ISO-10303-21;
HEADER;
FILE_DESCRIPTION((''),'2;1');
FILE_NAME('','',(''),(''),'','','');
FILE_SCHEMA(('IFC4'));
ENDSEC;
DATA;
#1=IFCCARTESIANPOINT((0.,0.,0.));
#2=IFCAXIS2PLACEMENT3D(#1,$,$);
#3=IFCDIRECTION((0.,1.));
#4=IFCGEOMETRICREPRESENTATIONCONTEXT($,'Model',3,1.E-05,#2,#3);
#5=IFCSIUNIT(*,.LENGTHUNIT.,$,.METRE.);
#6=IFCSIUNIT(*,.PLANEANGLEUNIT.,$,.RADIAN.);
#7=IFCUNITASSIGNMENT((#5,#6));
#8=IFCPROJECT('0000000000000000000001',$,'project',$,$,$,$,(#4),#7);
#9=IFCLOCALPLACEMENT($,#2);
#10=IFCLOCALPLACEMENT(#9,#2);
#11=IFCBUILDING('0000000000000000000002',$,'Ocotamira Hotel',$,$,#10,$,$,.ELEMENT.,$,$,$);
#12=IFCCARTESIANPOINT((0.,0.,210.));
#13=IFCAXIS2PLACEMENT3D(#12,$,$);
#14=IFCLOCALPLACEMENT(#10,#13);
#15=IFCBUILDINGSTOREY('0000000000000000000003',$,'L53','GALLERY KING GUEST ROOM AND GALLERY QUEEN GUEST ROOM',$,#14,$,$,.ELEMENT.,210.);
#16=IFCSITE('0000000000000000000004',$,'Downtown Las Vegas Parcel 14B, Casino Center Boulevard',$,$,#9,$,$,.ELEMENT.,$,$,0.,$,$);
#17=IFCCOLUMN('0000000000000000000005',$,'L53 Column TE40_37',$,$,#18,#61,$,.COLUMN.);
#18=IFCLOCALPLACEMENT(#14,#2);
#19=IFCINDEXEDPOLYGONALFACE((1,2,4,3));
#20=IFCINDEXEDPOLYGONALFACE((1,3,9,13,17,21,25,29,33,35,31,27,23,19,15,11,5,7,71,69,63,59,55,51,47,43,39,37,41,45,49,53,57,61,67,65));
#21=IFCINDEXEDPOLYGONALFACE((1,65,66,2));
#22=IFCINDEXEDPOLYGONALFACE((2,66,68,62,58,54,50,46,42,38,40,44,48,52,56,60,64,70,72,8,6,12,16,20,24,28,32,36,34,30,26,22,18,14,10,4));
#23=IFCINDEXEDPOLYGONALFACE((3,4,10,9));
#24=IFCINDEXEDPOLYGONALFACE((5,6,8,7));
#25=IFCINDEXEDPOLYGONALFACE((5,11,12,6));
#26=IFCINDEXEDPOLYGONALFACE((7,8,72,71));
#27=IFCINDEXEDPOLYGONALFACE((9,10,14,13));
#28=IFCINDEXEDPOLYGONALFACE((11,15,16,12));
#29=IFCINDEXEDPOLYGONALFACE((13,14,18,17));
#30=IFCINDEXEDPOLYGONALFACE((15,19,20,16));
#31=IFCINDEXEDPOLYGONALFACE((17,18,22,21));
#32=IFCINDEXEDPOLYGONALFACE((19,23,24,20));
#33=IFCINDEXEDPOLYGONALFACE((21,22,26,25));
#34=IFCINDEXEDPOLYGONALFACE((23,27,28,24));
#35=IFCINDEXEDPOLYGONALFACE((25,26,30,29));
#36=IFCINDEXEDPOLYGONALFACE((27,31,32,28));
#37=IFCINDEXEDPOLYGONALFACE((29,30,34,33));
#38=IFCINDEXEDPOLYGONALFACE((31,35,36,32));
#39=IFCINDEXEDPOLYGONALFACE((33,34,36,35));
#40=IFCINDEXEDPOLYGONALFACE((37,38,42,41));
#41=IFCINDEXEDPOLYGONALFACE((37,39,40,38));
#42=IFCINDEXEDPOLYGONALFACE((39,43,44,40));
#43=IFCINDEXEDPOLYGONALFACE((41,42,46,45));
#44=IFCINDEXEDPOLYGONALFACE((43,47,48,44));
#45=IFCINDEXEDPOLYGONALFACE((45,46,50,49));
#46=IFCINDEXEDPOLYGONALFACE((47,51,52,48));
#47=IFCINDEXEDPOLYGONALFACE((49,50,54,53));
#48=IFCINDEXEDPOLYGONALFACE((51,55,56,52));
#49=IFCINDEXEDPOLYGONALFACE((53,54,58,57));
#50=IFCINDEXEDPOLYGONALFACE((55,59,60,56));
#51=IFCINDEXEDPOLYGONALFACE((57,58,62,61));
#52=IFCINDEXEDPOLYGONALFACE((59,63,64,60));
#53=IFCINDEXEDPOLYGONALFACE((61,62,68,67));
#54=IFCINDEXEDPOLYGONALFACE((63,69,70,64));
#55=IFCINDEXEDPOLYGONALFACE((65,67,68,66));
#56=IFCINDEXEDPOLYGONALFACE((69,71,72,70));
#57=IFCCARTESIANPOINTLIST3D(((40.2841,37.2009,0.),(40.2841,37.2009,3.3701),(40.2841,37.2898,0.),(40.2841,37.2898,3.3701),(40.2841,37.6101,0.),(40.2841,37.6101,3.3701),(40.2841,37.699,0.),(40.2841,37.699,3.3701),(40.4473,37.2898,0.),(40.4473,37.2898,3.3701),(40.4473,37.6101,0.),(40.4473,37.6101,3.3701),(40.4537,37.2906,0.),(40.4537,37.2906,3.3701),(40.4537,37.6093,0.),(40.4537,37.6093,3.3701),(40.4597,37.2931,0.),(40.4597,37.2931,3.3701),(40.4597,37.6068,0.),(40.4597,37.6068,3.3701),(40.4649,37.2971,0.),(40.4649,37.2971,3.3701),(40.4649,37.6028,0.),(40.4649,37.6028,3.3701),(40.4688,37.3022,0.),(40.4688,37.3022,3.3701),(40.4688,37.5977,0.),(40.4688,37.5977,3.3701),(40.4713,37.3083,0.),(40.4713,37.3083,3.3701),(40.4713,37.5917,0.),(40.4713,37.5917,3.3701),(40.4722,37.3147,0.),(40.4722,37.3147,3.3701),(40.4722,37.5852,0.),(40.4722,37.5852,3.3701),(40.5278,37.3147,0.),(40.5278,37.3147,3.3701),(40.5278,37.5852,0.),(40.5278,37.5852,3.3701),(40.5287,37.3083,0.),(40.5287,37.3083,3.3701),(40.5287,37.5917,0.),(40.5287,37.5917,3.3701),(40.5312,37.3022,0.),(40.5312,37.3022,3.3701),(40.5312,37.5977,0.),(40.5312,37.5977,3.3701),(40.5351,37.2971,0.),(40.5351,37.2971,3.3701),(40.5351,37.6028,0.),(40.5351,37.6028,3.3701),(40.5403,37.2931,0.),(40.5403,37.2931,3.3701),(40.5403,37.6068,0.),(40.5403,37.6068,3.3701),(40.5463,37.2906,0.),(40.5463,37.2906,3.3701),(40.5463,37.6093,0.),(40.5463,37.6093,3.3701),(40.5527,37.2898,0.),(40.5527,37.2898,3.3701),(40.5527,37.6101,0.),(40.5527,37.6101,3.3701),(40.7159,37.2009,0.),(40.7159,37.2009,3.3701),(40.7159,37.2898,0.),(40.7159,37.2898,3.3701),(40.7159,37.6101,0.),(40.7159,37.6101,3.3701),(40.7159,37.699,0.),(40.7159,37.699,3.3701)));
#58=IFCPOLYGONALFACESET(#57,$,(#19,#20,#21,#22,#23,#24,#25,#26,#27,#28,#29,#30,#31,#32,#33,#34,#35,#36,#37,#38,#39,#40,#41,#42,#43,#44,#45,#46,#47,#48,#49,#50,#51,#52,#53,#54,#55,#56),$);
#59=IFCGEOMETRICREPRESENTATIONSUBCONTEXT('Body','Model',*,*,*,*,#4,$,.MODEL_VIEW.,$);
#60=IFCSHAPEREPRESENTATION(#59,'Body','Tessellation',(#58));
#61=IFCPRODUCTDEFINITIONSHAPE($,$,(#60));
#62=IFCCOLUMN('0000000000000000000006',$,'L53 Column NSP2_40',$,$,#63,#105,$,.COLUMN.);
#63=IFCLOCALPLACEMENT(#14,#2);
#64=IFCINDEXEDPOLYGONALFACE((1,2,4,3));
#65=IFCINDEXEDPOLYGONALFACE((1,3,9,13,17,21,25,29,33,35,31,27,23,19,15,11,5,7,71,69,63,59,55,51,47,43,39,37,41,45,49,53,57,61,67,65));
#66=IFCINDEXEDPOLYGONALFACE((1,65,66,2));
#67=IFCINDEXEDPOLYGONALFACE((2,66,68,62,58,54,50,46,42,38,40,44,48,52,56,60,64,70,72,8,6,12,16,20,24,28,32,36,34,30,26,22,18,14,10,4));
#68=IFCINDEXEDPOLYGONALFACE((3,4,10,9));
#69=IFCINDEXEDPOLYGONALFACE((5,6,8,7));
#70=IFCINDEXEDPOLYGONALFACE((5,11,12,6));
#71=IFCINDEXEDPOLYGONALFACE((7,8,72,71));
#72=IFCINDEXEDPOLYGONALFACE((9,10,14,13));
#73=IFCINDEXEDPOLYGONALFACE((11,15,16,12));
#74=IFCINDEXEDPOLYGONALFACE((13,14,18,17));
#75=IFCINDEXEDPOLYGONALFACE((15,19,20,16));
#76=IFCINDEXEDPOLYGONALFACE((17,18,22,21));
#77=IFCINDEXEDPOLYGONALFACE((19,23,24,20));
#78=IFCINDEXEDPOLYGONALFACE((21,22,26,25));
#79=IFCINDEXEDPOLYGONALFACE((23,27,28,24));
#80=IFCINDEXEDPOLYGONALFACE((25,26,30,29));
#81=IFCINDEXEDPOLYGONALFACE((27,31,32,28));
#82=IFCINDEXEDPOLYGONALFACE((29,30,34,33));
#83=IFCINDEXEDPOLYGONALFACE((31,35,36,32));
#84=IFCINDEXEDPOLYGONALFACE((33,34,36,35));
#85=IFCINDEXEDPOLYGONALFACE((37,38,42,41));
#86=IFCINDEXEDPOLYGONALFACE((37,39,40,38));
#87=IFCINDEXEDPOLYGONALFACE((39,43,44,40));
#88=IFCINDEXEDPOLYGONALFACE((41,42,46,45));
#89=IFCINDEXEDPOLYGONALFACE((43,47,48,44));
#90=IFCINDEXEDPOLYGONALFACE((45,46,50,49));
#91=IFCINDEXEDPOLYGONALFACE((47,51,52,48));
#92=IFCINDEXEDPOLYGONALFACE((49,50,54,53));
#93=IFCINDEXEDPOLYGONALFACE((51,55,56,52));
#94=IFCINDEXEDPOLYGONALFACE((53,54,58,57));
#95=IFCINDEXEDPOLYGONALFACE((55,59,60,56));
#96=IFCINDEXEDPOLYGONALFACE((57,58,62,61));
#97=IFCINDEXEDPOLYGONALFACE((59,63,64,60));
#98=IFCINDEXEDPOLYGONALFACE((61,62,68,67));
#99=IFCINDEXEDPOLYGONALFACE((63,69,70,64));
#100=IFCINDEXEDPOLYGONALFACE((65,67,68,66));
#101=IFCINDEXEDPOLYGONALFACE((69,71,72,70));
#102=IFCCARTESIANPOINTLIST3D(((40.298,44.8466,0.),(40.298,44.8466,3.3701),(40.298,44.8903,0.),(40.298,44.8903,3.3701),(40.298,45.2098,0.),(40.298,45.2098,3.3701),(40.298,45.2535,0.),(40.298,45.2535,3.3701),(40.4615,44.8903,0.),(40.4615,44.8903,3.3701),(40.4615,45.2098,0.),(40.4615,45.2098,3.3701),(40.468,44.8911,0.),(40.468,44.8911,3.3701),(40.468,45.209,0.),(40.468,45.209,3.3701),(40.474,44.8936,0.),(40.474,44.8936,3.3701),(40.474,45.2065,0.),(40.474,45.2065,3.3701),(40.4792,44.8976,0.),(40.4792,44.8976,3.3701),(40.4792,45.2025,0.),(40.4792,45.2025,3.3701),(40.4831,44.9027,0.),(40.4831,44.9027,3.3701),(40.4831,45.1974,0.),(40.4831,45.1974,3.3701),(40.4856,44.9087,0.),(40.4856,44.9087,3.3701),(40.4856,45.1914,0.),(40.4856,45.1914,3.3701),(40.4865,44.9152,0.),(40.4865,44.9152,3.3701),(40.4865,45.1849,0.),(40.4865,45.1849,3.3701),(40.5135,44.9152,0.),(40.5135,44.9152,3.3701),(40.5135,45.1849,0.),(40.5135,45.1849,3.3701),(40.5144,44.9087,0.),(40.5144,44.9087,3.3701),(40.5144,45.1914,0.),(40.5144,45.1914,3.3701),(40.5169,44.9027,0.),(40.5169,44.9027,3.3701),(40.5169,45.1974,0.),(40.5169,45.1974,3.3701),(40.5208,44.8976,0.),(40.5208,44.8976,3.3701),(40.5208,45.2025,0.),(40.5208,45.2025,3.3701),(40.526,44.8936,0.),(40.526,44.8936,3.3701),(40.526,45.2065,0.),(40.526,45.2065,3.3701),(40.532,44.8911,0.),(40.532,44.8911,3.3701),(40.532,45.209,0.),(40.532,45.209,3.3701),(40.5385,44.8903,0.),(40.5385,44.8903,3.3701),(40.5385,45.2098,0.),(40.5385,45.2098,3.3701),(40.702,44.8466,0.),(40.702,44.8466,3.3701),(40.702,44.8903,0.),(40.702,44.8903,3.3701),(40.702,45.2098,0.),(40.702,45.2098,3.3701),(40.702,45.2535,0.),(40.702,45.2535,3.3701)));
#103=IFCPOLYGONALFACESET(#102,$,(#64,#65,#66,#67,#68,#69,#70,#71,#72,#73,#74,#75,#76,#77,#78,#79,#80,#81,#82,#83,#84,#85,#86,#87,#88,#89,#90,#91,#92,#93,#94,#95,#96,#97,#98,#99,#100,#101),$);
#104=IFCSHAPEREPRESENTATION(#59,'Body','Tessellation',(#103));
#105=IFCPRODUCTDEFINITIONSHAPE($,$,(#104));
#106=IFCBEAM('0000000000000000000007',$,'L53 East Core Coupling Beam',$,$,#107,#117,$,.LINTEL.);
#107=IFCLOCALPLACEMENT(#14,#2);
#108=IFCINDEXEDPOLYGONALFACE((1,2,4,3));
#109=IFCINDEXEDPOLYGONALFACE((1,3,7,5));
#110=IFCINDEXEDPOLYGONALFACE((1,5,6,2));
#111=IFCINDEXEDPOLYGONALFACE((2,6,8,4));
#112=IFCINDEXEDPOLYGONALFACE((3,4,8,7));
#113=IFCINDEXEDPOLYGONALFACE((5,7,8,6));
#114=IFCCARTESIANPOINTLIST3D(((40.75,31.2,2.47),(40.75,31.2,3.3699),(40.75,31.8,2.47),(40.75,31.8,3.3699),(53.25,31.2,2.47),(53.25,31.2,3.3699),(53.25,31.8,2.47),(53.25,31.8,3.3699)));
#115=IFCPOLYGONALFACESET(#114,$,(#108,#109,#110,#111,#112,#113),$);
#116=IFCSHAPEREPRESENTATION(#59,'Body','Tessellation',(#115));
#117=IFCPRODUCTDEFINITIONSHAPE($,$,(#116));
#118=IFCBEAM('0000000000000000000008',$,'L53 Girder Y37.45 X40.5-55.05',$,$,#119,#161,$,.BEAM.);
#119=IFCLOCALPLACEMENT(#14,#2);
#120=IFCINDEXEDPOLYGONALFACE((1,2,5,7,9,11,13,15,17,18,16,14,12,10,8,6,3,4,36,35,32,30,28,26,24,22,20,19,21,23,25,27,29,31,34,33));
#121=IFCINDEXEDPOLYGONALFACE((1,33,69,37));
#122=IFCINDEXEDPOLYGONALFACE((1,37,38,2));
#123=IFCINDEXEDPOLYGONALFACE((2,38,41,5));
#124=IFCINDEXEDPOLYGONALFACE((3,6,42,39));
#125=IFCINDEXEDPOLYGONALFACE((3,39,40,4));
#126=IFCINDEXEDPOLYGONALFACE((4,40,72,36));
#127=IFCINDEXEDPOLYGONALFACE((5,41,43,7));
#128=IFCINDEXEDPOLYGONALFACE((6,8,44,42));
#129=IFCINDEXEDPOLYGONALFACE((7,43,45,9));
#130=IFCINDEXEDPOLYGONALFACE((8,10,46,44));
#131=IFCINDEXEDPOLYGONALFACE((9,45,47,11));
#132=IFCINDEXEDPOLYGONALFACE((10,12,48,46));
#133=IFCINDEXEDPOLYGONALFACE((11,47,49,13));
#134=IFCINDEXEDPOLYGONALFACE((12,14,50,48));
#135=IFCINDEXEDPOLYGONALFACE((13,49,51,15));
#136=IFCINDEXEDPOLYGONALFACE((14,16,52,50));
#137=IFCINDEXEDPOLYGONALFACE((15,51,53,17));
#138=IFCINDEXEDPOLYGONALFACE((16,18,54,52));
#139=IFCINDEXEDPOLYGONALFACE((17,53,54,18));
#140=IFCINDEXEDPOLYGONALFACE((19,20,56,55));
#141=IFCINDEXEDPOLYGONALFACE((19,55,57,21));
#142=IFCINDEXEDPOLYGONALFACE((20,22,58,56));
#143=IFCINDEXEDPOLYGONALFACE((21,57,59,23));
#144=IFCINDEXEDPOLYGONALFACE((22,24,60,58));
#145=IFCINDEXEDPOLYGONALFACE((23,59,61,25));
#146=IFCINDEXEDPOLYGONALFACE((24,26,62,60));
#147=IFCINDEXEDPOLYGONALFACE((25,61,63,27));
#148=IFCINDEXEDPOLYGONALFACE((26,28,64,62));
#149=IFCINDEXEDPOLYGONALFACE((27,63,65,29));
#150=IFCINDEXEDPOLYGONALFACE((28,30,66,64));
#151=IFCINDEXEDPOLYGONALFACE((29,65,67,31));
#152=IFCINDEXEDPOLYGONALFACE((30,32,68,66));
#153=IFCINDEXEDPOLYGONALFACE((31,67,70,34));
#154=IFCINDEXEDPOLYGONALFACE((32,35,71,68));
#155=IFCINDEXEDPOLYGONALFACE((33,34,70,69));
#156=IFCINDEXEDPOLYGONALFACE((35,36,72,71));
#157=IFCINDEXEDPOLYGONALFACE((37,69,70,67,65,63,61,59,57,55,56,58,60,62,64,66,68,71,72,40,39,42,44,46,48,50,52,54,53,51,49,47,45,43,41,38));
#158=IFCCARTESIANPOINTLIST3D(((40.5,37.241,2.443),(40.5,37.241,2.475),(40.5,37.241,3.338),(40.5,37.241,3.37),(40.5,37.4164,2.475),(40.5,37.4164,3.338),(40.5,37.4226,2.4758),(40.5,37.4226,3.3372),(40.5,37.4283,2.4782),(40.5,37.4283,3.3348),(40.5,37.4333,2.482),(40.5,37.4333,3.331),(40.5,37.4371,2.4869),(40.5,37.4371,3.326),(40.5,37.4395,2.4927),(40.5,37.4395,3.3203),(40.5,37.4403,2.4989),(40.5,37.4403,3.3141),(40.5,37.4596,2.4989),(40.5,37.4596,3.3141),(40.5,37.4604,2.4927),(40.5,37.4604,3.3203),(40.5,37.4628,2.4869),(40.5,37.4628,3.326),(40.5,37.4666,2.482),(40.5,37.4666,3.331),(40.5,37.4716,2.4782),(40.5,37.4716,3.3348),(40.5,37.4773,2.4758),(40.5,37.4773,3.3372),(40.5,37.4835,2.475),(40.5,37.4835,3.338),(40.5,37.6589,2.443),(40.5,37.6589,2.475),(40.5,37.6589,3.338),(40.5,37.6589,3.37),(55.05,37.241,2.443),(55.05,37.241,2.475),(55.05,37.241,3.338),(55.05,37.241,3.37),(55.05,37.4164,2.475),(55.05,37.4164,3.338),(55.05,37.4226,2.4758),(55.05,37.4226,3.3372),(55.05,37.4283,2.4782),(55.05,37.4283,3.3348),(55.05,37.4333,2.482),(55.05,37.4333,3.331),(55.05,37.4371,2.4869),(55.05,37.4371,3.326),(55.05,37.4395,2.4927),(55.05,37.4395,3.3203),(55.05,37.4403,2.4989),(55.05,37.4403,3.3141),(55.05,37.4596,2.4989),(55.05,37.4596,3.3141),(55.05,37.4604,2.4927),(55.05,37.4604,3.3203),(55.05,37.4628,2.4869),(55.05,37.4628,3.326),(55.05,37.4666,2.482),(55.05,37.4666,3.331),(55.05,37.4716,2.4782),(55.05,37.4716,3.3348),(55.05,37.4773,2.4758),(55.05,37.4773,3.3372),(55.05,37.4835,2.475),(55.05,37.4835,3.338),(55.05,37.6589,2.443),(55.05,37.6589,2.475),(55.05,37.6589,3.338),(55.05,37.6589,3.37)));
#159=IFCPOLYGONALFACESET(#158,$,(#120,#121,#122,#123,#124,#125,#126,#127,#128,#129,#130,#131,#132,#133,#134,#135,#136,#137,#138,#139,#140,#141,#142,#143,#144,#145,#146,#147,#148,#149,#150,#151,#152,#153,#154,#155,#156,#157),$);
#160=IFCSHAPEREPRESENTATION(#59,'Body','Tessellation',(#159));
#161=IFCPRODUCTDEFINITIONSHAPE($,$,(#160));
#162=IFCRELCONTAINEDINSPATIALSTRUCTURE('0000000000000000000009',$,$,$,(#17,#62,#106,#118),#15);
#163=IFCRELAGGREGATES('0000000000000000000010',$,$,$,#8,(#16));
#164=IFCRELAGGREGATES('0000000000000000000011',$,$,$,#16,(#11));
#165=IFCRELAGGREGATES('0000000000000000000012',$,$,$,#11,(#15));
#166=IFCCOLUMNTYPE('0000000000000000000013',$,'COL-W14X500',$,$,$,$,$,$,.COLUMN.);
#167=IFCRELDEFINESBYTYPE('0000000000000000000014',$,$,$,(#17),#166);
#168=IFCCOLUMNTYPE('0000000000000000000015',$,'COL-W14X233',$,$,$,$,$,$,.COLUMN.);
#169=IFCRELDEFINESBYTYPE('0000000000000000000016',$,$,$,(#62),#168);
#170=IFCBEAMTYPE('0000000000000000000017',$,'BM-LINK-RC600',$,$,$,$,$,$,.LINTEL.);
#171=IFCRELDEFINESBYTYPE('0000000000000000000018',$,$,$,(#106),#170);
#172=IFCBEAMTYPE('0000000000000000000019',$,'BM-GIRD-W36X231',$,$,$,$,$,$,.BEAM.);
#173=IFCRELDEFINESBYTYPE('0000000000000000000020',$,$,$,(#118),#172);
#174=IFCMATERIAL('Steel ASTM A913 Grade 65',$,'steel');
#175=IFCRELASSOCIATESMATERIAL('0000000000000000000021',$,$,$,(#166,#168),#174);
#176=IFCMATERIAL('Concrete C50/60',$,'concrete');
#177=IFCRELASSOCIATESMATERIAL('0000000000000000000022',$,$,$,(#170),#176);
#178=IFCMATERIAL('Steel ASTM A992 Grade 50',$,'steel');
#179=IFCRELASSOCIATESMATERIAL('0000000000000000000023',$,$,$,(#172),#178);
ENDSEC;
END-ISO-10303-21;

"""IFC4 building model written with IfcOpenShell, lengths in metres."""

from ifc_helpers import new_model, si_unit, direction, frame, origin, origin_2d, place, context, subcontext, project, spatial, rectangle, i_section, extrude, source, transform, mapped, material, material_profile, profile_set, type_object, element, save


model = new_model("IFC4")

# Units and contexts
model_context = context("Model", 3, precision=1e-05, world=origin(), true_north=direction((0.0, 1.0)))
body_context = subcontext(model_context, "Body", "Model", "MODEL_VIEW")
ifc_project = project(units=[si_unit("LENGTHUNIT", "METRE"), si_unit("PLANEANGLEUNIT", "RADIAN")], contexts=[model_context])

# Site, building, storey
site_placement = place(None, origin())
site = spatial("IfcSite", under=ifc_project, at=site_placement, Name="Downtown Las Vegas Parcel 14B, Casino Center Boulevard", CompositionType="ELEMENT", RefElevation=0.0)
building_placement = place(site_placement, origin())
building = spatial("IfcBuilding", under=site, at=building_placement, Name="Ocotamira Hotel", CompositionType="ELEMENT")
storey_placement = place(building_placement, frame((0.0, 0.0, 210.0)))
storey = spatial("IfcBuildingStorey", under=building, at=storey_placement, Name="L53", Description="GALLERY KING GUEST ROOM AND GALLERY QUEEN GUEST ROOM", CompositionType="ELEMENT", Elevation=210.0)

# Columns
ifc_material_1 = material(Name="Steel ASTM A913 Grade 65", Category="steel")
ifc_material_profile_1 = material_profile(ifc_material_1, i_section(OverallWidth=0.4319, OverallDepth=0.498, WebThickness=0.0557, FlangeThickness=0.0889, FilletRadius=0.0249, at=origin_2d()), Name="W14X500")
ifc_profile_set_1 = profile_set([ifc_material_profile_1], Name="Steel ASTM A913 Grade 65")
column_type_1 = type_object("IfcColumnType", Name="COL-W14X500", PredefinedType="COLUMN", material=ifc_profile_set_1)
shared_shape_1 = source(origin(), body_context, "Body", "SweptSolid", [
    extrude(i_section(OverallWidth=0.4319, OverallDepth=0.498, WebThickness=0.0557, FlangeThickness=0.0889, FilletRadius=0.0249, at=origin_2d()), origin(), (0.0, 0.0, 1.0), 3.3701),
])
column_1_placement = place(storey_placement, frame((40.5, 37.45, 0.0), z_axis=(0.0, 0.0, 1.0), x_axis=(1.0, 0.0, 0.0)))
element("IfcColumn", 1, at=column_1_placement, inside=storey, type_object=column_type_1, Name="L53 Column TE40_37", PredefinedType="COLUMN", context=body_context, shape_type="MappedRepresentation", body=[
    mapped(shared_shape_1, transform((0.0, 0.0, 0.0), scale=1.0)),
])
ifc_material_profile_2 = material_profile(ifc_material_1, i_section(OverallWidth=0.4041, OverallDepth=0.407, WebThickness=0.0271, FlangeThickness=0.0437, FilletRadius=0.0249, at=origin_2d()), Name="W14X233")
ifc_profile_set_2 = profile_set([ifc_material_profile_2], Name="Steel ASTM A913 Grade 65")
column_type_2 = type_object("IfcColumnType", Name="COL-W14X233", PredefinedType="COLUMN", material=ifc_profile_set_2)
shared_shape_2 = source(origin(), body_context, "Body", "SweptSolid", [
    extrude(i_section(OverallWidth=0.4041, OverallDepth=0.407, WebThickness=0.0271, FlangeThickness=0.0437, FilletRadius=0.0249, at=origin_2d()), origin(), (0.0, 0.0, 1.0), 3.3701),
])
column_2_placement = place(storey_placement, frame((40.5, 45.05, 0.0), z_axis=(0.0, 0.0, 1.0), x_axis=(1.0, 0.0, 0.0)))
element("IfcColumn", 2, at=column_2_placement, inside=storey, type_object=column_type_2, Name="L53 Column NSP2_40", PredefinedType="COLUMN", context=body_context, shape_type="MappedRepresentation", body=[
    mapped(shared_shape_2, transform((0.0, 0.0, 0.0), scale=1.0)),
])

# Beams
ifc_material_2 = material(Name="Concrete C50/60", Category="concrete")
ifc_material_profile_3 = material_profile(ifc_material_2, rectangle(XDim=0.6001, YDim=0.8999, at=origin_2d()), Name="RC600X900")
ifc_profile_set_3 = profile_set([ifc_material_profile_3], Name="Concrete C50/60")
beam_type_1 = type_object("IfcBeamType", Name="BM-LINK-RC600", PredefinedType="LINTEL", material=ifc_profile_set_3)
shared_shape_3 = source(origin(), body_context, "Body", "SweptSolid", [
    extrude(rectangle(XDim=0.6001, YDim=0.8999, at=origin_2d()), origin(), (0.0, 0.0, 1.0), 12.5),
])
beam_1_placement = place(storey_placement, frame((40.75, 31.5, 2.9199), z_axis=(1.0, 0.0, 0.0), x_axis=(0.0, 1.0, 0.0)))
element("IfcBeam", 3, at=beam_1_placement, inside=storey, type_object=beam_type_1, Name="L53 East Core Coupling Beam", PredefinedType="LINTEL", context=body_context, shape_type="MappedRepresentation", body=[
    mapped(shared_shape_3, transform((0.0, 0.0, 0.0), scale=1.0)),
])
ifc_material_3 = material(Name="Steel ASTM A992 Grade 50", Category="steel")
ifc_material_profile_4 = material_profile(ifc_material_3, i_section(OverallWidth=0.418, OverallDepth=0.927, WebThickness=0.0193, FlangeThickness=0.032, FilletRadius=0.0239, at=origin_2d()), Name="W36X231")
ifc_profile_set_4 = profile_set([ifc_material_profile_4], Name="Steel ASTM A992 Grade 50")
beam_type_2 = type_object("IfcBeamType", Name="BM-GIRD-W36X231", PredefinedType="BEAM", material=ifc_profile_set_4)
shared_shape_4 = source(origin(), body_context, "Body", "SweptSolid", [
    extrude(i_section(OverallWidth=0.418, OverallDepth=0.927, WebThickness=0.0193, FlangeThickness=0.032, FilletRadius=0.0239, at=origin_2d()), origin(), (0.0, 0.0, 1.0), 14.55),
])
beam_2_placement = place(storey_placement, frame((40.5, 37.45, 2.9065), z_axis=(1.0, 0.0, 0.0), x_axis=(0.0, 1.0, 0.0)))
element("IfcBeam", 4, at=beam_2_placement, inside=storey, type_object=beam_type_2, Name="L53 Girder Y37.45 X40.5-55.05", PredefinedType="BEAM", context=body_context, shape_type="MappedRepresentation", body=[
    mapped(shared_shape_4, transform((0.0, 0.0, 0.0), scale=1.0)),
])

save(model, "model.ifc")
